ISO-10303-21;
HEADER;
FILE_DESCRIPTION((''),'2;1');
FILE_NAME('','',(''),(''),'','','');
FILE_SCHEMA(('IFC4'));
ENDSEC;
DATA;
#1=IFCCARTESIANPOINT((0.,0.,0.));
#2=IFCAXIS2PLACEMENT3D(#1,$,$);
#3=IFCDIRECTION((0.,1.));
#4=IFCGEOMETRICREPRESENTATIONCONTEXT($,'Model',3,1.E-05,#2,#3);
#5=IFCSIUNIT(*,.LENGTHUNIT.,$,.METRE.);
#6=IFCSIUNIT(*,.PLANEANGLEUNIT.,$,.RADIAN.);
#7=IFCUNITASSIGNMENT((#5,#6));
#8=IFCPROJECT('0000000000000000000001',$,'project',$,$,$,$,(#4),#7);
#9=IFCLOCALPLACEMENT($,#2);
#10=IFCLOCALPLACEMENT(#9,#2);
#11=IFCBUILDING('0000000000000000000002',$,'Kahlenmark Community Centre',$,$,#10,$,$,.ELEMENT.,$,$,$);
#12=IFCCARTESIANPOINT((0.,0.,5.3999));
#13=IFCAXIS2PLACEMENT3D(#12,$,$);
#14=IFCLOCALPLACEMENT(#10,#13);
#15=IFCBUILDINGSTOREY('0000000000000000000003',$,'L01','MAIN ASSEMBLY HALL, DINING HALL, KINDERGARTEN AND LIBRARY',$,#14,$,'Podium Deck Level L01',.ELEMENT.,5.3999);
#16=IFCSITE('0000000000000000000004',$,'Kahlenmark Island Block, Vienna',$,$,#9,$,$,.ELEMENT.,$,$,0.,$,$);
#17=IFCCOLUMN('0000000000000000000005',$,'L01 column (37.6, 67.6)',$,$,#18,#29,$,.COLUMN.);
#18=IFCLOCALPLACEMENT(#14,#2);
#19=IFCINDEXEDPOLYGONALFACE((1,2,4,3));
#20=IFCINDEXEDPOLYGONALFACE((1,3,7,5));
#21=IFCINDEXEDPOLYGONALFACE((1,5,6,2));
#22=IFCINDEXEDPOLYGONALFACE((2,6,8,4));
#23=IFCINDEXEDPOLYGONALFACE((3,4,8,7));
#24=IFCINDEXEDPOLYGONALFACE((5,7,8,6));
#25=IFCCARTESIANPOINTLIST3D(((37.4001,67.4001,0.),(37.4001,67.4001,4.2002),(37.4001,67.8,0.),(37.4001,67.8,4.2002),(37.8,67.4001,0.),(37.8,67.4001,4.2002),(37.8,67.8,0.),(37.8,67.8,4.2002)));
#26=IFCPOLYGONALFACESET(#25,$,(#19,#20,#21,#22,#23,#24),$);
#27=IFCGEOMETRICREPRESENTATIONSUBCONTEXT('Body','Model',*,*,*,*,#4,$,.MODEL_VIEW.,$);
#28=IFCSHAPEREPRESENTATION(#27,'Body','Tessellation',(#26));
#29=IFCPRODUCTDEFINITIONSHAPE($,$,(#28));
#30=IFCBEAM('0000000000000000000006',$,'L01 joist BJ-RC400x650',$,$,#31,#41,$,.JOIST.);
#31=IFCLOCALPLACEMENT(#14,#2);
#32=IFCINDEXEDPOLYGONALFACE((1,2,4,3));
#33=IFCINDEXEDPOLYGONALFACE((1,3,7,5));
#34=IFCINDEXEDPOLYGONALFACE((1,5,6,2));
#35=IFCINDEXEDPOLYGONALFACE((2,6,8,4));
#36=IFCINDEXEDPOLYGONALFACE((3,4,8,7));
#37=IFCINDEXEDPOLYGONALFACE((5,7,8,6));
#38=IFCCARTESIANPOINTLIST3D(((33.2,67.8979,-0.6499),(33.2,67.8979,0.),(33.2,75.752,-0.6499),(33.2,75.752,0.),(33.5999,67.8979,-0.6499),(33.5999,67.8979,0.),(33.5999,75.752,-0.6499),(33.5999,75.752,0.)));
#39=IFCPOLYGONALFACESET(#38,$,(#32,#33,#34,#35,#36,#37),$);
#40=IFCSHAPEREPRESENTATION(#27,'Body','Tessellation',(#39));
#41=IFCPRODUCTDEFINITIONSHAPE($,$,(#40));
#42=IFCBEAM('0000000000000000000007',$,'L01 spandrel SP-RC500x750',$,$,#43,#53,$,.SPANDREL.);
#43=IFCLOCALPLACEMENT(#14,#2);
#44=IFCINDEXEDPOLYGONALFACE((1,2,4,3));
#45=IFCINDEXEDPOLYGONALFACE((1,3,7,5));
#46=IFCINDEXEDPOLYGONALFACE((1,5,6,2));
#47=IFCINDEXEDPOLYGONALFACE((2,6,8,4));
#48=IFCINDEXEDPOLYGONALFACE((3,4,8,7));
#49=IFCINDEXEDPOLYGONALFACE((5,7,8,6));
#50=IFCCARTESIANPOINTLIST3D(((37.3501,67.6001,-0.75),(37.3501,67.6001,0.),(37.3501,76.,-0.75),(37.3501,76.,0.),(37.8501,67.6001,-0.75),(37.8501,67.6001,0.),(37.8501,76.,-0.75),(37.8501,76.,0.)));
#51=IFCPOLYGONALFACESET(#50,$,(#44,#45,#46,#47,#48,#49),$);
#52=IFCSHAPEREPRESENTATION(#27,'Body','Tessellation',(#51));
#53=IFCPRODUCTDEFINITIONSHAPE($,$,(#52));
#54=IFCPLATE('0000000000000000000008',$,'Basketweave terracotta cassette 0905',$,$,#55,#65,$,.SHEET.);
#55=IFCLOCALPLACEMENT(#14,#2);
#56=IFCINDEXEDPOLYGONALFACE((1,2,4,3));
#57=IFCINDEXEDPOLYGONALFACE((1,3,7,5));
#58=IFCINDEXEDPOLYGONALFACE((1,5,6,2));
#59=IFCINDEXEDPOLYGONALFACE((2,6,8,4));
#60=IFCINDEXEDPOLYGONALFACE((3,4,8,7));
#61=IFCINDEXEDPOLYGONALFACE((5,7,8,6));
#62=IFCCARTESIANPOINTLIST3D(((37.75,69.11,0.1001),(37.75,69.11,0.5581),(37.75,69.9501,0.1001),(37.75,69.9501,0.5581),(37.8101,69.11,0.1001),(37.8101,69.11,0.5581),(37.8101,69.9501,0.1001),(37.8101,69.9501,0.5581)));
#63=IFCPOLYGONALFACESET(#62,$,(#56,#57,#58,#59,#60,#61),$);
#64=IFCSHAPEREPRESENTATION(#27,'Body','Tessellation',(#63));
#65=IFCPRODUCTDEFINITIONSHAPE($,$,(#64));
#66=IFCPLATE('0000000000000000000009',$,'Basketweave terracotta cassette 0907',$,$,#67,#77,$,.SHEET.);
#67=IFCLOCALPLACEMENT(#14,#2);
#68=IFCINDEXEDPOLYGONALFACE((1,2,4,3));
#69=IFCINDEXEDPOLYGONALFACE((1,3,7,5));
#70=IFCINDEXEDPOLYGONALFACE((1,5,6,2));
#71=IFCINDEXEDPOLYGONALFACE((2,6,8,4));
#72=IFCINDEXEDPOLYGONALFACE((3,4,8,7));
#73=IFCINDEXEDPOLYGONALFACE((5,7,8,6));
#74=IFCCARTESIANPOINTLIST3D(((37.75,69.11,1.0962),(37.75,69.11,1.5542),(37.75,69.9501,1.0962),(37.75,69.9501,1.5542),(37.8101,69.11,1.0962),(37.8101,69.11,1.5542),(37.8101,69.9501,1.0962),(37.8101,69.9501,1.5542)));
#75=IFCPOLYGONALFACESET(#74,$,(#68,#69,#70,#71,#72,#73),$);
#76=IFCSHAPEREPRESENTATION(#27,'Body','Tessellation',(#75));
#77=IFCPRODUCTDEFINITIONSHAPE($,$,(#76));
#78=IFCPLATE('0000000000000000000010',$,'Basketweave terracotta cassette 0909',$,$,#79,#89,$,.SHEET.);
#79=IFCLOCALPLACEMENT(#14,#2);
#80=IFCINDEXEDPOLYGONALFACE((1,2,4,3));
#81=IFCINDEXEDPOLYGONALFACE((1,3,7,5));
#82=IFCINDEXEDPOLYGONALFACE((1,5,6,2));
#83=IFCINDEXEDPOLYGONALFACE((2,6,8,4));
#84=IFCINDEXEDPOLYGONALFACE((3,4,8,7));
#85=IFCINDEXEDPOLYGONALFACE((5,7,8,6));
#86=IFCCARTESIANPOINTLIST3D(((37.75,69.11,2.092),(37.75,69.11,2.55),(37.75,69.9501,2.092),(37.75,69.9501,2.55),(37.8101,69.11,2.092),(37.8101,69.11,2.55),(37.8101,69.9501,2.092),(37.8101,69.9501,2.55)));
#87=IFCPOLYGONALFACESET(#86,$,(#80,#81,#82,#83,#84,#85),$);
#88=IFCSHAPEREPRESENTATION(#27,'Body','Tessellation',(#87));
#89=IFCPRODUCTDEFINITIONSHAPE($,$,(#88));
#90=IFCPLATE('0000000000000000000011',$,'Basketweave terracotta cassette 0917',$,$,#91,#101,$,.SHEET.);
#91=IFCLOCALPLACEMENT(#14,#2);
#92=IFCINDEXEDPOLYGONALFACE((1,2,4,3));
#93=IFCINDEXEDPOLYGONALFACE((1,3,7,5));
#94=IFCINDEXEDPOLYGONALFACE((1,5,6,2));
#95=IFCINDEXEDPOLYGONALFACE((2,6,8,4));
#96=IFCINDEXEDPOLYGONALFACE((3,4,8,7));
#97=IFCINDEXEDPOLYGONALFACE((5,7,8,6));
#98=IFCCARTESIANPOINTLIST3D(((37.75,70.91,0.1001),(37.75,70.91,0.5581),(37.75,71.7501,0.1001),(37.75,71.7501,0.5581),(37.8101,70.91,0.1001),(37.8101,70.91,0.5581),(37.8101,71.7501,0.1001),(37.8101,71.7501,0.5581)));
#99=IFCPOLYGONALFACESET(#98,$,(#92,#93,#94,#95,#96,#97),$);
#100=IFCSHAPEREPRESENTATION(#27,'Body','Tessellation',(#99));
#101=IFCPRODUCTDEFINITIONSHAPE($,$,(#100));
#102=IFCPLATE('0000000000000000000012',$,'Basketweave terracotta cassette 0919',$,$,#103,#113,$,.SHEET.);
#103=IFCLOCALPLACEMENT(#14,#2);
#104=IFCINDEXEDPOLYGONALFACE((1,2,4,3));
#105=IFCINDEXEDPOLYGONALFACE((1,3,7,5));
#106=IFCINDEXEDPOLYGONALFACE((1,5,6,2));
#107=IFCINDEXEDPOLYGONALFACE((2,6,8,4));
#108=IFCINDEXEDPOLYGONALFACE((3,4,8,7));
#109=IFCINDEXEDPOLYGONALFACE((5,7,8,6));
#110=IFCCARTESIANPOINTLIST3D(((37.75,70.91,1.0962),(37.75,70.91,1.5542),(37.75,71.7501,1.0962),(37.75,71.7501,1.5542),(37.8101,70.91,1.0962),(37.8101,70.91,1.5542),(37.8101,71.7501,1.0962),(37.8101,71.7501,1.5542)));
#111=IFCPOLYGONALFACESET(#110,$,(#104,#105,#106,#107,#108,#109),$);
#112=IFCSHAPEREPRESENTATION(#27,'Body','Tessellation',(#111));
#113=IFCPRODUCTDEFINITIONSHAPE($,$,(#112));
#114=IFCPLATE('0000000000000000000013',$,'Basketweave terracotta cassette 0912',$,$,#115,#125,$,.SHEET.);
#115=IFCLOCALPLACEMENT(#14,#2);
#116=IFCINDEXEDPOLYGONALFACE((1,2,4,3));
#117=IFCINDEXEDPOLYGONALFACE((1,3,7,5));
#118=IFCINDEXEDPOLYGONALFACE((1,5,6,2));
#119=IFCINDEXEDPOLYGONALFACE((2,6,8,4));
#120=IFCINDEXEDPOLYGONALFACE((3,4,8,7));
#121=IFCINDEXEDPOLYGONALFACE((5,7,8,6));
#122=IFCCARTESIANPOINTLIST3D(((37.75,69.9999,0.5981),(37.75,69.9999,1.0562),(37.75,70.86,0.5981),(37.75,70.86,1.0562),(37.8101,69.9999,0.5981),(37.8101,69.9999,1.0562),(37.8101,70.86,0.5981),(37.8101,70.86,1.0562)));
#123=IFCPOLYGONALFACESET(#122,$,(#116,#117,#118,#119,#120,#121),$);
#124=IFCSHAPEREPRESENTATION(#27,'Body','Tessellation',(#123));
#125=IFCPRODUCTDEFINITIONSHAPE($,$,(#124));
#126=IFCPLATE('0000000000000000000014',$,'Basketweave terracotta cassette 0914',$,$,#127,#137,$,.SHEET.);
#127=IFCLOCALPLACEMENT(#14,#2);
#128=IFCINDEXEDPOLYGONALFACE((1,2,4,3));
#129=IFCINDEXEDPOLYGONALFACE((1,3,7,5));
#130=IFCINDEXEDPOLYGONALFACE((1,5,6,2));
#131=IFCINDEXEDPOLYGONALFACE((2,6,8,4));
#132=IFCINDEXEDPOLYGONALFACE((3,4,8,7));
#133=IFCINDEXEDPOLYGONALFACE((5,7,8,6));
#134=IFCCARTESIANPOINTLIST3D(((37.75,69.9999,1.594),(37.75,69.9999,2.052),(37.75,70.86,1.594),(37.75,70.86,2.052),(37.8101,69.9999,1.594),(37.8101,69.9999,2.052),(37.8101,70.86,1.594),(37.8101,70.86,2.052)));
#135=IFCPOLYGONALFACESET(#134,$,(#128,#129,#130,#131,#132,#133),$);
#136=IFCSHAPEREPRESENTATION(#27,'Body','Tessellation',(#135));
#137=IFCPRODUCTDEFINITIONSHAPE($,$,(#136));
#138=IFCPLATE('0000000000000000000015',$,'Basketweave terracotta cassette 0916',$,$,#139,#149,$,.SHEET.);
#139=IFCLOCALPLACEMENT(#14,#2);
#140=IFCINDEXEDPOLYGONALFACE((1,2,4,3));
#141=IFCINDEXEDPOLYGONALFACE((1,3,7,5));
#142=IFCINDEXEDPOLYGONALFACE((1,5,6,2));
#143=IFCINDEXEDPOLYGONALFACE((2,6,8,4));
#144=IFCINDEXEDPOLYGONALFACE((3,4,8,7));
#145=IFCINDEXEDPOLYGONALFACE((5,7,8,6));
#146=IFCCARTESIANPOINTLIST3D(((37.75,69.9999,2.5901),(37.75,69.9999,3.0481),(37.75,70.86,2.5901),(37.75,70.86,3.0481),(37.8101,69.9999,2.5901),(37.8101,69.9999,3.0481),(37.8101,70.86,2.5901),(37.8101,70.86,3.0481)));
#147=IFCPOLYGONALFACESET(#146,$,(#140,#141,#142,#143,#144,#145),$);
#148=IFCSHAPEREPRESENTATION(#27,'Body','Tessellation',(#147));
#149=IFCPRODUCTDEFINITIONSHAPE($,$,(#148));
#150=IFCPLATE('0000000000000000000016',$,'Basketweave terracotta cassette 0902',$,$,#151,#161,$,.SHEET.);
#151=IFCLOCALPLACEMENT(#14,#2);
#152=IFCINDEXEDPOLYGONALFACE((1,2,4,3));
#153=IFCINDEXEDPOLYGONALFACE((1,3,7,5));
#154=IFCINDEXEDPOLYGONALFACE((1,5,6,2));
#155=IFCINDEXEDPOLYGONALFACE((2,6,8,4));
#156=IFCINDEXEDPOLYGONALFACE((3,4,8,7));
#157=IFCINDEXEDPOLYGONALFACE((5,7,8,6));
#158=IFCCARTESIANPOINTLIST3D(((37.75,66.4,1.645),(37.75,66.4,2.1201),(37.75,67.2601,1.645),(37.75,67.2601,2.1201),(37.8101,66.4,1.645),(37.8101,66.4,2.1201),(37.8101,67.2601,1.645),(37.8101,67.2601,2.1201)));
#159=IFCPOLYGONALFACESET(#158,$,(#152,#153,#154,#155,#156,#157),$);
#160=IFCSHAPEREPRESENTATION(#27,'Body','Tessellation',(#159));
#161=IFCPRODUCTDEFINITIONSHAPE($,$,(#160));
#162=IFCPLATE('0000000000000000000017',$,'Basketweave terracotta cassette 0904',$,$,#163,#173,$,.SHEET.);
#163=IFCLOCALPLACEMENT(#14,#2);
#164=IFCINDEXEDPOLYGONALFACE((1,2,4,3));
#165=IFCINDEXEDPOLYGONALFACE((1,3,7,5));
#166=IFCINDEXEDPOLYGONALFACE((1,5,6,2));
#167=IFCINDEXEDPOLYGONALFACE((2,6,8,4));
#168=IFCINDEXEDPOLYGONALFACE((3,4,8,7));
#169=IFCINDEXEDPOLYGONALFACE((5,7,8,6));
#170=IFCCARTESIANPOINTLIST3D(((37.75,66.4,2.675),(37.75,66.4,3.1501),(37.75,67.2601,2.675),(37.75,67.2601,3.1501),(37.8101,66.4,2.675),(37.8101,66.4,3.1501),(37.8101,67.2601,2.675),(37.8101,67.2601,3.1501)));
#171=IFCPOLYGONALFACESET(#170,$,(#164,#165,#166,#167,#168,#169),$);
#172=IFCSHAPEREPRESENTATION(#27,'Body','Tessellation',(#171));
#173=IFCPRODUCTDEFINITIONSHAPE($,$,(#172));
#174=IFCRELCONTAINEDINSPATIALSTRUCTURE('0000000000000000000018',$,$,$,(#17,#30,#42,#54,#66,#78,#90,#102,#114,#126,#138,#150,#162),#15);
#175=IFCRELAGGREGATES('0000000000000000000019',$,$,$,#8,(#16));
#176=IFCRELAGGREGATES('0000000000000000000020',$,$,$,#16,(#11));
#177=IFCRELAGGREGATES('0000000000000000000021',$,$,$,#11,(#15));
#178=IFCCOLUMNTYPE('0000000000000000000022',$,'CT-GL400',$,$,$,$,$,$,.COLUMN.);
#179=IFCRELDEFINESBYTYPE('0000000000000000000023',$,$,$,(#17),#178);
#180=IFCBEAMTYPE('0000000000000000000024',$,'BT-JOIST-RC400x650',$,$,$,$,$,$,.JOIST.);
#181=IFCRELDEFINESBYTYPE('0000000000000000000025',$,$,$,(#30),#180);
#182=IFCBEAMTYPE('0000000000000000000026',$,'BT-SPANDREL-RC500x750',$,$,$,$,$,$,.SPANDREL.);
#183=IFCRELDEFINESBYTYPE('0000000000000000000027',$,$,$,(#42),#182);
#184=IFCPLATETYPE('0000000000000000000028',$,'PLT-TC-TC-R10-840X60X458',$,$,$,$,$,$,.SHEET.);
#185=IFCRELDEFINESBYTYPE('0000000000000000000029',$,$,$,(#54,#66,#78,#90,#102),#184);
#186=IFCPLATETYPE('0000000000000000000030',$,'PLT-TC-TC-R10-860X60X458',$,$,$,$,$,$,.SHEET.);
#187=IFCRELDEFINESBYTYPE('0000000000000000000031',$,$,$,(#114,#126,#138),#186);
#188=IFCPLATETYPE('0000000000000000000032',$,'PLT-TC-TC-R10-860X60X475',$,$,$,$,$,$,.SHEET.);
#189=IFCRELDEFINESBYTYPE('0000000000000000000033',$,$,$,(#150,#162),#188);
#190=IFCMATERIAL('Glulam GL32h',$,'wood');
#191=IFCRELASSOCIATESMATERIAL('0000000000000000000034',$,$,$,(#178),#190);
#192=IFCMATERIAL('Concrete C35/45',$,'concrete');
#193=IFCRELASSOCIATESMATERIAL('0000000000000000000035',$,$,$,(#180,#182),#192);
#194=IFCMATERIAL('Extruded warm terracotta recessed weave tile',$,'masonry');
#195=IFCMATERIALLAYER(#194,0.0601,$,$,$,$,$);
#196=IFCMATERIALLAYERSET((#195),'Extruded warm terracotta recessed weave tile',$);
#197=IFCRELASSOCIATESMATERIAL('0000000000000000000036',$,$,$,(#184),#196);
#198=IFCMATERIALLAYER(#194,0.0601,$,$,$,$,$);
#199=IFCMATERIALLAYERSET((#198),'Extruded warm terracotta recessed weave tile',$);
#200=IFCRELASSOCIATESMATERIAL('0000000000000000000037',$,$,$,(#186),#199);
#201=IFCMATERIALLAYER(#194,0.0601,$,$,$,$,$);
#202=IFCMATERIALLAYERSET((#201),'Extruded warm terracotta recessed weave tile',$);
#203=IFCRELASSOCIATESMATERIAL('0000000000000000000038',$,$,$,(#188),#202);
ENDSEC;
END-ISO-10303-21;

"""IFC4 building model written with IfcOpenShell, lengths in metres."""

from ifc_helpers import new_model, si_unit, direction, frame, origin, origin_2d, place, context, subcontext, project, spatial, rectangle, extrude, material, layer, layer_set, material_profile, profile_set, type_object, element, save


model = new_model("IFC4")

# Units and contexts
model_context = context("Model", 3, precision=1e-05, world=origin(), true_north=direction((0.0, 1.0)))
body_context = subcontext(model_context, "Body", "Model", "MODEL_VIEW")
ifc_project = project(units=[si_unit("LENGTHUNIT", "METRE"), si_unit("PLANEANGLEUNIT", "RADIAN")], contexts=[model_context])

# Site, building, storey
site_placement = place(None, origin())
site = spatial("IfcSite", under=ifc_project, at=site_placement, Name="Kahlenmark Island Block, Vienna", CompositionType="ELEMENT", RefElevation=0.0)
building_placement = place(site_placement, origin())
building = spatial("IfcBuilding", under=site, at=building_placement, Name="Kahlenmark Community Centre", CompositionType="ELEMENT")
storey_placement = place(building_placement, frame((0.0, 0.0, 5.3999)))
storey = spatial("IfcBuildingStorey", under=building, at=storey_placement, Name="L01", Description="MAIN ASSEMBLY HALL, DINING HALL, KINDERGARTEN AND LIBRARY", LongName="Podium Deck Level L01", CompositionType="ELEMENT", Elevation=5.3999)

# Column
ifc_material_1 = material(Name="Glulam GL32h", Category="wood")
ifc_material_profile_1 = material_profile(ifc_material_1, rectangle(XDim=0.3999, YDim=0.3999, at=origin_2d()), Name="GL32h 400x400")
ifc_profile_set_1 = profile_set([ifc_material_profile_1], Name="Glulam GL32h")
column_type = type_object("IfcColumnType", Name="CT-GL400", PredefinedType="COLUMN", material=ifc_profile_set_1)
column_placement = place(storey_placement, frame((37.6001, 67.6001, 0.0), z_axis=(0.0, 0.0, 1.0), x_axis=(1.0, 0.0, 0.0)))
element("IfcColumn", 1, at=column_placement, inside=storey, type_object=column_type, Name="L01 column (37.6, 67.6)", PredefinedType="COLUMN", context=body_context, shape_type="SweptSolid", body=[
    extrude(rectangle(XDim=0.3999, YDim=0.3999, at=origin_2d()), origin(), (0.0, 0.0, 1.0), 4.2002),
])

# Beams
ifc_material_2 = material(Name="Concrete C35/45", Category="concrete")
ifc_material_profile_2 = material_profile(ifc_material_2, rectangle(XDim=0.3999, YDim=0.6499, at=origin_2d()), Name="RC 400x650")
ifc_profile_set_2 = profile_set([ifc_material_profile_2], Name="Concrete C35/45")
beam_type_1 = type_object("IfcBeamType", Name="BT-JOIST-RC400x650", PredefinedType="JOIST", material=ifc_profile_set_2)
beam_1_placement = place(storey_placement, frame((33.3999, 67.8979, -0.325), z_axis=(0.0, 1.0, 0.0), x_axis=(-1.0, 0.0, 0.0)))
element("IfcBeam", 2, at=beam_1_placement, inside=storey, type_object=beam_type_1, Name="L01 joist BJ-RC400x650", PredefinedType="JOIST", context=body_context, shape_type="SweptSolid", body=[
    extrude(rectangle(XDim=0.3999, YDim=0.6499, at=origin_2d()), origin(), (0.0, 0.0, 1.0), 7.854),
])
ifc_material_profile_3 = material_profile(ifc_material_2, rectangle(XDim=0.5, YDim=0.75, at=origin_2d()), Name="RC 500x750")
ifc_profile_set_3 = profile_set([ifc_material_profile_3], Name="Concrete C35/45")
beam_type_2 = type_object("IfcBeamType", Name="BT-SPANDREL-RC500x750", PredefinedType="SPANDREL", material=ifc_profile_set_3)
beam_2_placement = place(storey_placement, frame((37.6001, 67.6001, -0.375), z_axis=(0.0, 1.0, 0.0), x_axis=(-1.0, 0.0, 0.0)))
element("IfcBeam", 3, at=beam_2_placement, inside=storey, type_object=beam_type_2, Name="L01 spandrel SP-RC500x750", PredefinedType="SPANDREL", context=body_context, shape_type="SweptSolid", body=[
    extrude(rectangle(XDim=0.5, YDim=0.75, at=origin_2d()), origin(), (0.0, 0.0, 1.0), 8.3999),
])

# Plates
ifc_material_3 = material(Name="Extruded warm terracotta recessed weave tile", Category="masonry")
ifc_layer_1 = layer(ifc_material_3, 0.0601)
ifc_layer_set_1 = layer_set([ifc_layer_1], Name="Extruded warm terracotta recessed weave tile")
plate_type_1 = type_object("IfcPlateType", Name="PLT-TC-TC-R10-840X60X458", PredefinedType="SHEET", material=ifc_layer_set_1)
for number, where, z_axis, x_axis, name in (
    (4, (37.78, 69.53, 0.1001), (0.0, 0.0, 1.0), (0.0, 1.0, 0.0), "Basketweave terracotta cassette 0905"),
    (5, (37.78, 69.53, 1.0962), (0.0, 0.0, 1.0), (0.0, 1.0, 0.0), "Basketweave terracotta cassette 0907"),
    (6, (37.78, 69.53, 2.092), (0.0, 0.0, 1.0), (0.0, 1.0, 0.0), "Basketweave terracotta cassette 0909"),
    (7, (37.78, 71.3301, 0.1001), (0.0, 0.0, 1.0), (0.0, 1.0, 0.0), "Basketweave terracotta cassette 0917"),
    (8, (37.78, 71.3301, 1.0962), (0.0, 0.0, 1.0), (0.0, 1.0, 0.0), "Basketweave terracotta cassette 0919"),
):
    element("IfcPlate", number, at=place(storey_placement, frame(where, z_axis=z_axis, x_axis=x_axis)), inside=storey, type_object=plate_type_1, Name=name, PredefinedType="SHEET", context=body_context, shape_type="SweptSolid", body=[
        extrude(rectangle(XDim=0.8401, YDim=0.0601, at=origin_2d()), origin(), (0.0, 0.0, 1.0), 0.458),
    ])
ifc_layer_2 = layer(ifc_material_3, 0.0601)
ifc_layer_set_2 = layer_set([ifc_layer_2], Name="Extruded warm terracotta recessed weave tile")
plate_type_2 = type_object("IfcPlateType", Name="PLT-TC-TC-R10-860X60X458", PredefinedType="SHEET", material=ifc_layer_set_2)
for number, where, z_axis, x_axis, name in (
    (9, (37.78, 70.4299, 0.5981), (0.0, 0.0, 1.0), (0.0, 1.0, 0.0), "Basketweave terracotta cassette 0912"),
    (10, (37.78, 70.4299, 1.594), (0.0, 0.0, 1.0), (0.0, 1.0, 0.0), "Basketweave terracotta cassette 0914"),
    (11, (37.78, 70.4299, 2.5901), (0.0, 0.0, 1.0), (0.0, 1.0, 0.0), "Basketweave terracotta cassette 0916"),
):
    element("IfcPlate", number, at=place(storey_placement, frame(where, z_axis=z_axis, x_axis=x_axis)), inside=storey, type_object=plate_type_2, Name=name, PredefinedType="SHEET", context=body_context, shape_type="SweptSolid", body=[
        extrude(rectangle(XDim=0.8601, YDim=0.0601, at=origin_2d()), origin(), (0.0, 0.0, 1.0), 0.458),
    ])
ifc_layer_3 = layer(ifc_material_3, 0.0601)
ifc_layer_set_3 = layer_set([ifc_layer_3], Name="Extruded warm terracotta recessed weave tile")
plate_type_3 = type_object("IfcPlateType", Name="PLT-TC-TC-R10-860X60X475", PredefinedType="SHEET", material=ifc_layer_set_3)
for number, where, z_axis, x_axis, name in (
    (12, (37.78, 66.8301, 1.645), (0.0, 0.0, 1.0), (0.0, 1.0, 0.0), "Basketweave terracotta cassette 0902"),
    (13, (37.78, 66.8301, 2.675), (0.0, 0.0, 1.0), (0.0, 1.0, 0.0), "Basketweave terracotta cassette 0904"),
):
    element("IfcPlate", number, at=place(storey_placement, frame(where, z_axis=z_axis, x_axis=x_axis)), inside=storey, type_object=plate_type_3, Name=name, PredefinedType="SHEET", context=body_context, shape_type="SweptSolid", body=[
        extrude(rectangle(XDim=0.8601, YDim=0.0601, at=origin_2d()), origin(), (0.0, 0.0, 1.0), 0.4751),
    ])

save(model, "model.ifc")
